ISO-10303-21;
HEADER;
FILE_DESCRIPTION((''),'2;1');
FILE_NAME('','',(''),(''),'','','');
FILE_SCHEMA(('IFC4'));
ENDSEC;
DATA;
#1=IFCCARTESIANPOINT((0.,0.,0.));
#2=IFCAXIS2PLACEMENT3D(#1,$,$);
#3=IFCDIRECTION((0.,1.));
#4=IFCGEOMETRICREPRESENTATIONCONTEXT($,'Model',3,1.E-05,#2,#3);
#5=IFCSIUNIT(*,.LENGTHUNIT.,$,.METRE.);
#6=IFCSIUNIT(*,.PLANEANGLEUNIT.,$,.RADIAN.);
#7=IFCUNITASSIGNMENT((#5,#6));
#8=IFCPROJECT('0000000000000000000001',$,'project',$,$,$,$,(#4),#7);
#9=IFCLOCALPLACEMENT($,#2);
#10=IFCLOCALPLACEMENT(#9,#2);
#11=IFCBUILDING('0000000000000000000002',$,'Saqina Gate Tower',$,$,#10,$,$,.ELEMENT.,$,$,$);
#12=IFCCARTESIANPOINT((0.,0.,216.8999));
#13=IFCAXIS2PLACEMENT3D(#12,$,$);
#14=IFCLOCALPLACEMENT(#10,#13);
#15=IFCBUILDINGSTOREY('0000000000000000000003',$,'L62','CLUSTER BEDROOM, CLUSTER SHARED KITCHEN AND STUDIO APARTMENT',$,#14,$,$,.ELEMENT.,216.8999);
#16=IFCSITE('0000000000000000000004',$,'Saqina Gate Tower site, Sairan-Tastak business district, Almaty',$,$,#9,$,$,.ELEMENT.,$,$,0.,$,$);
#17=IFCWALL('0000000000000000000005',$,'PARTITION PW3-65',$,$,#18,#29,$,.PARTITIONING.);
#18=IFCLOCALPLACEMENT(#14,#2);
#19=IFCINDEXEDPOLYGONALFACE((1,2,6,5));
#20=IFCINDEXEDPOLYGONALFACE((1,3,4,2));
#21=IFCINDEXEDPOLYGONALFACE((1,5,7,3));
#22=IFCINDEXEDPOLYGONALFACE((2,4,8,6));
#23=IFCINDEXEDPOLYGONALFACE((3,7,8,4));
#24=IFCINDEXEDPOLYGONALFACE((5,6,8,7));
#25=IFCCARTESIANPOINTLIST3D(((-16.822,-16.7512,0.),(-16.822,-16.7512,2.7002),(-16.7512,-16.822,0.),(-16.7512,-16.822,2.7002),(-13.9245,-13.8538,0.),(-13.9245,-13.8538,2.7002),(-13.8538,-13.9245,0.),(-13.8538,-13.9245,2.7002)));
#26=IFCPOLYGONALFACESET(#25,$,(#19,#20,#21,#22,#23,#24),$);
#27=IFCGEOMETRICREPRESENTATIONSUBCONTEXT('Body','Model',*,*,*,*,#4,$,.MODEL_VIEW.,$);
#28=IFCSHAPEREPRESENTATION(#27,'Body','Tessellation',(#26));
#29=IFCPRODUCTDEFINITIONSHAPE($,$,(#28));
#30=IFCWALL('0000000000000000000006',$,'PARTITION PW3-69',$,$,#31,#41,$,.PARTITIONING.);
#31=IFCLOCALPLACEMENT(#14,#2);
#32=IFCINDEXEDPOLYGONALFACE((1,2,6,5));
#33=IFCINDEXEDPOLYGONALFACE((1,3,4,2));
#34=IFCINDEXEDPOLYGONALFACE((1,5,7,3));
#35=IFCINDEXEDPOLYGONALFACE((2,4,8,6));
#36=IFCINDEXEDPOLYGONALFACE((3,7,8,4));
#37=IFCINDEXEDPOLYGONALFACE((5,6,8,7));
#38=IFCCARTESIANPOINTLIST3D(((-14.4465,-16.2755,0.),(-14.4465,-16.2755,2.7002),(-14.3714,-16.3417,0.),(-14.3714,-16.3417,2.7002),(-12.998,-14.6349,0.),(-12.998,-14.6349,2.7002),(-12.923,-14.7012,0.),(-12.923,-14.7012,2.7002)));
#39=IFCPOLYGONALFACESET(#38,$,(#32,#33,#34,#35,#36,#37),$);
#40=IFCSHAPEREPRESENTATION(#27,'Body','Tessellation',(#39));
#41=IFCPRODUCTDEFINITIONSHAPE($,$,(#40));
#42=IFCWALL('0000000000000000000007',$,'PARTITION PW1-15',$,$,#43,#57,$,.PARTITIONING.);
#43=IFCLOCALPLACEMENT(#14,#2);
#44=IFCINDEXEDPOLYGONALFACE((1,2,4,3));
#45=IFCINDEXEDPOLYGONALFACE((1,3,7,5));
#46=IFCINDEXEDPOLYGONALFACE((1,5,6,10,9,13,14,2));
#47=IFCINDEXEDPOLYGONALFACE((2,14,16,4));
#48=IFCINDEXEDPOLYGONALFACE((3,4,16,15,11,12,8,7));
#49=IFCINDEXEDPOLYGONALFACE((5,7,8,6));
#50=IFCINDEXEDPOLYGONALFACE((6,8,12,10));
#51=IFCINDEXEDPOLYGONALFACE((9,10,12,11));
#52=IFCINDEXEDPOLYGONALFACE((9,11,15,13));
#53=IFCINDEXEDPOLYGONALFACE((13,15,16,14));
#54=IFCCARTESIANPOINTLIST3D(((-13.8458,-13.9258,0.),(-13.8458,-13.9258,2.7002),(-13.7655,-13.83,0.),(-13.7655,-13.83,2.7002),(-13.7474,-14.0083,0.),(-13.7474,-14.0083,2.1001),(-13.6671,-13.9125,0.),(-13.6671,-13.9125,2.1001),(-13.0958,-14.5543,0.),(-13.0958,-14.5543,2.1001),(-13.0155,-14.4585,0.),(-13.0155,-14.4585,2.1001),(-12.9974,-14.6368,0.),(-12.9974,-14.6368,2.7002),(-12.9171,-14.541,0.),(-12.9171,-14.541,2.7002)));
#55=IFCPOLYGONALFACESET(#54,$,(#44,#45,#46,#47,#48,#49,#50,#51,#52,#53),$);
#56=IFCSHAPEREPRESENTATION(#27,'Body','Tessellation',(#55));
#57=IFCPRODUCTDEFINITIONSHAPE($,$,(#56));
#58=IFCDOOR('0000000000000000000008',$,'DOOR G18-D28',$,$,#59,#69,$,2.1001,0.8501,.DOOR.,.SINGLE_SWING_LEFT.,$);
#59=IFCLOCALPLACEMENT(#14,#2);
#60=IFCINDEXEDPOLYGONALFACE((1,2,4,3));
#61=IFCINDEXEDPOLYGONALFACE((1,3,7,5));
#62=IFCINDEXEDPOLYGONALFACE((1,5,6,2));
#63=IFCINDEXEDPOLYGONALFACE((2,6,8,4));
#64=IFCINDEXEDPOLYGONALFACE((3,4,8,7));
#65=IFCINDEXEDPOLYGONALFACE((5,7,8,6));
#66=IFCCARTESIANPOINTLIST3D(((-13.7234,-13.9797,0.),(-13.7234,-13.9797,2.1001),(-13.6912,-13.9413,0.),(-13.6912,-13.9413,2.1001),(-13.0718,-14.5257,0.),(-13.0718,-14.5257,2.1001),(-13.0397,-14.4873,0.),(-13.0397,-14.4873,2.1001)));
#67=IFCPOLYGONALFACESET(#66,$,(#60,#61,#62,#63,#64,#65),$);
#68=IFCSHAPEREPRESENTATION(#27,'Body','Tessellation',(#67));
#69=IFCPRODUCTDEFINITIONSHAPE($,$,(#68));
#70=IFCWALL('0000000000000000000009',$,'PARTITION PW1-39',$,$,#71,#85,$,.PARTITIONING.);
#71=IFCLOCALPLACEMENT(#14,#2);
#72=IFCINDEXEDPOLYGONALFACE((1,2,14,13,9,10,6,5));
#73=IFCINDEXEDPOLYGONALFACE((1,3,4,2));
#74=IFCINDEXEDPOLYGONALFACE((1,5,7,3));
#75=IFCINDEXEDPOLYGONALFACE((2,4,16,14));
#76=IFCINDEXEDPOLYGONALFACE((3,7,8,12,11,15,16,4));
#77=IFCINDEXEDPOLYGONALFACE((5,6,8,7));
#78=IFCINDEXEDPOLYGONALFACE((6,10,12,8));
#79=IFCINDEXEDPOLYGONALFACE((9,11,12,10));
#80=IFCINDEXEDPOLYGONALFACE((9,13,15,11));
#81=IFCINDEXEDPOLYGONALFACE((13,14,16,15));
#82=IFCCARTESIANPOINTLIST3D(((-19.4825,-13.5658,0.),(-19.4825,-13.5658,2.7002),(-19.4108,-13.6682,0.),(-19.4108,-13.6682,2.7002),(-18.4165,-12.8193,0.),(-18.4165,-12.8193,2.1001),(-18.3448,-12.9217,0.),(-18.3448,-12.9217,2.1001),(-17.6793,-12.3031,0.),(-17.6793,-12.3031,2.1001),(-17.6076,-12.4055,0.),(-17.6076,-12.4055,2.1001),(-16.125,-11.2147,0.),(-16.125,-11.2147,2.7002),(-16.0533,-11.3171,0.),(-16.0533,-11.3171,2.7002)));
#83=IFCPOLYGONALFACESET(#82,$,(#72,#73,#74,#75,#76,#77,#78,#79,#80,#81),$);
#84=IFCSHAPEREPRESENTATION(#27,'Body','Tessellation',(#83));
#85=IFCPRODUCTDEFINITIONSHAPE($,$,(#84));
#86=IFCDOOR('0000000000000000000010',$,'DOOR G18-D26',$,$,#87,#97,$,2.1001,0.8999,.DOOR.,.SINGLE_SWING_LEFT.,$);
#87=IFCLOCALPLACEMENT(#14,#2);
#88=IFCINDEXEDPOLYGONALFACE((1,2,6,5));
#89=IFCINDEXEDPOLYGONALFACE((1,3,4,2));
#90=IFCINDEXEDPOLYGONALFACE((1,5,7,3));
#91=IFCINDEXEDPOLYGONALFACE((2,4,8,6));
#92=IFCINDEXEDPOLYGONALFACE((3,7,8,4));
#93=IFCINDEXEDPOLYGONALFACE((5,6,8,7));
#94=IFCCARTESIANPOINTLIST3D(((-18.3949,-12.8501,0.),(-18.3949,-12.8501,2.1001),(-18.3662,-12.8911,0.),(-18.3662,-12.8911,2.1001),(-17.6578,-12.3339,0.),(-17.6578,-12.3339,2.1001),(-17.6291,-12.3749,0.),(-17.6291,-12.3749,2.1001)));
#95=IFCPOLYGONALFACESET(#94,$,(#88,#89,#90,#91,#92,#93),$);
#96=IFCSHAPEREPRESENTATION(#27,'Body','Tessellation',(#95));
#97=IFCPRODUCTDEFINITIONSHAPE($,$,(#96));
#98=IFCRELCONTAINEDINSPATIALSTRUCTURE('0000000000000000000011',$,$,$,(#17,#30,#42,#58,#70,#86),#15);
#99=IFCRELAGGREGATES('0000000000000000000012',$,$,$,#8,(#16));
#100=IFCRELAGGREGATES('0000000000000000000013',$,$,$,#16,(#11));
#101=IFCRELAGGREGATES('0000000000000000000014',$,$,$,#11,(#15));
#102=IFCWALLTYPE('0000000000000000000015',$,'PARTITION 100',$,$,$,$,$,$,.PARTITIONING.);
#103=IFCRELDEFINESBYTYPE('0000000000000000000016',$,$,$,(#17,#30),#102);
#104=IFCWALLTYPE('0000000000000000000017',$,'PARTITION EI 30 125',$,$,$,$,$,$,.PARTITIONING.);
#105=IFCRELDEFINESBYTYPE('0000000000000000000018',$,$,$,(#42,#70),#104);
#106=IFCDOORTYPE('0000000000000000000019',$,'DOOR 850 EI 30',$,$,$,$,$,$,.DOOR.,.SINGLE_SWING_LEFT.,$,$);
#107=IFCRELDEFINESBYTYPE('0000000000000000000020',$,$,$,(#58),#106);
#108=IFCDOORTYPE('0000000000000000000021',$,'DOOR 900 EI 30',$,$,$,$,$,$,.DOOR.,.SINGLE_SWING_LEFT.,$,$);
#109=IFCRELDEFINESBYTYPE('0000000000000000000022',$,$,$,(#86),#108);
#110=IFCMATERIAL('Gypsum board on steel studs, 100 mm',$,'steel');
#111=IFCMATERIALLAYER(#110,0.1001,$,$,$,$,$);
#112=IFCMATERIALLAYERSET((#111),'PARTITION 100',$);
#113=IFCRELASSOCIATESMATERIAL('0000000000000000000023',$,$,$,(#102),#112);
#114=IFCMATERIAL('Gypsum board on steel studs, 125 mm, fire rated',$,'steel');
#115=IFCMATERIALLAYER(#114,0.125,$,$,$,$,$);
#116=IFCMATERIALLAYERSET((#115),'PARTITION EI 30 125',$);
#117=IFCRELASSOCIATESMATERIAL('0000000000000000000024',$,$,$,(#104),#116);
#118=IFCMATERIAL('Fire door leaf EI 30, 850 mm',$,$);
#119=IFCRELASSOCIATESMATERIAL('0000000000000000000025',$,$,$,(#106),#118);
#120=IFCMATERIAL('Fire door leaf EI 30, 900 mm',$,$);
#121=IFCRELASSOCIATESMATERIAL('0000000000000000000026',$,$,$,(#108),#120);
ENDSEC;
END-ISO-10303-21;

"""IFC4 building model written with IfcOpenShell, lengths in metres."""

from ifc_helpers import new_model, si_unit, direction, frame, frame_2d, origin, place, context, subcontext, project, spatial, rectangle, extrude, material, layer, layer_set, type_object, element, fill, save


model = new_model("IFC4")

# Units and contexts
model_context = context("Model", 3, precision=1e-05, world=origin(), true_north=direction((0.0, 1.0)))
body_context = subcontext(model_context, "Body", "Model", "MODEL_VIEW")
ifc_project = project(units=[si_unit("LENGTHUNIT", "METRE"), si_unit("PLANEANGLEUNIT", "RADIAN")], contexts=[model_context])

# Site, building, storey
site_placement = place(None, origin())
site = spatial("IfcSite", under=ifc_project, at=site_placement, Name="Saqina Gate Tower site, Sairan-Tastak business district, Almaty", CompositionType="ELEMENT", RefElevation=0.0)
building_placement = place(site_placement, origin())
building = spatial("IfcBuilding", under=site, at=building_placement, Name="Saqina Gate Tower", CompositionType="ELEMENT")
storey_placement = place(building_placement, frame((0.0, 0.0, 216.8999)))
storey = spatial("IfcBuildingStorey", under=building, at=storey_placement, Name="L62", Description="CLUSTER BEDROOM, CLUSTER SHARED KITCHEN AND STUDIO APARTMENT", CompositionType="ELEMENT", Elevation=216.8999)

# Shared definitions
ifc_material_1 = material(Name="Gypsum board on steel studs, 100 mm", Category="steel")
ifc_layer_1 = layer(ifc_material_1, 0.1001)
ifc_layer_set_1 = layer_set([ifc_layer_1], Name="PARTITION 100")
wall_type_1 = type_object("IfcWallType", Name="PARTITION 100", PredefinedType="PARTITIONING", material=ifc_layer_set_1)

# Walls
wall_1_placement = place(storey_placement, frame((-16.7866, -16.7866, 0.0), z_axis=(0.0, 0.0, 1.0), x_axis=(0.707107, 0.707107, 0.0)))
element("IfcWall", 1, at=wall_1_placement, inside=storey, type_object=wall_type_1, Name="PARTITION PW3-65", PredefinedType="PARTITIONING", context=body_context, shape_type="SweptSolid", body=[
    extrude(rectangle(XDim=4.0977, YDim=0.1001, at=frame_2d((2.0488, 0.0))), origin(), (0.0, 0.0, 1.0), 2.7002),
])
wall_2_placement = place(storey_placement, frame((-14.4089, -16.3086, 0.0), z_axis=(0.0, 0.0, 1.0), x_axis=(0.661847, 0.749639, 0.0)))
element("IfcWall", 2, at=wall_2_placement, inside=storey, type_object=wall_type_1, Name="PARTITION PW3-69", PredefinedType="PARTITIONING", context=body_context, shape_type="SweptSolid", body=[
    extrude(rectangle(XDim=2.1885, YDim=0.1001, at=frame_2d((1.0942, 0.0))), origin(), (0.0, 0.0, 1.0), 2.7002),
])

# Walls, openings, doors
ifc_material_2 = material(Name="Gypsum board on steel studs, 125 mm, fire rated", Category="steel")
ifc_layer_2 = layer(ifc_material_2, 0.125)
ifc_layer_set_2 = layer_set([ifc_layer_2], Name="PARTITION EI 30 125")
wall_type_2 = type_object("IfcWallType", Name="PARTITION EI 30 125", PredefinedType="PARTITIONING", material=ifc_layer_set_2)
wall_3_placement = place(storey_placement, frame((-13.8057, -13.8779, 0.0), z_axis=(0.0, 0.0, 1.0), x_axis=(0.766465, -0.642286, 0.0)))
wall_3 = element("IfcWall", 3, at=wall_3_placement, inside=storey, type_object=wall_type_2, Name="PARTITION PW1-15", PredefinedType="PARTITIONING", context=body_context, shape_type="SweptSolid", body=[
    extrude(rectangle(XDim=1.1069, YDim=0.125, at=frame_2d((0.5535, 0.0))), origin(), (0.0, 0.0, 1.0), 2.7002),
])
opening_1_placement = place(wall_3_placement, frame((0.1284, 0.0, 0.0)))
opening_1 = element("IfcOpeningElement", 4, at=opening_1_placement, cuts=wall_3, PredefinedType="OPENING", context=body_context, shape_type="SweptSolid", body=[
    extrude(rectangle(XDim=0.8501, YDim=2.1001, at=frame_2d((0.425, 1.05))), frame((0.0, 0.0745, 0.0), z_axis=(0.0, -1.0, 0.0), x_axis=(1.0, 0.0, 0.0)), (0.0, 0.0, 1.0), 0.1489),
])
ifc_material_3 = material(Name="Fire door leaf EI 30, 850 mm")
door_type_1 = type_object("IfcDoorType", Name="DOOR 850 EI 30", OperationType="SINGLE_SWING_LEFT", PredefinedType="DOOR", material=ifc_material_3)
door_1_placement = place(opening_1_placement, origin())
door_1 = element("IfcDoor", 5, at=door_1_placement, inside=storey, type_object=door_type_1, Name="DOOR G18-D28", OperationType="SINGLE_SWING_LEFT", OverallHeight=2.1001, OverallWidth=0.8501, PredefinedType="DOOR", context=body_context, shape_type="SweptSolid", body=[
    extrude(rectangle(XDim=0.8501, YDim=2.1001, at=frame_2d((0.425, 1.05))), frame((0.0, 0.0249, 0.0), z_axis=(0.0, -1.0, 0.0), x_axis=(1.0, 0.0, 0.0)), (0.0, 0.0, 1.0), 0.05),
])
fill(opening_1, door_1)
wall_4_placement = place(storey_placement, frame((-19.4465, -13.6169, 0.0), z_axis=(0.0, 0.0, 1.0), x_axis=(0.819131, 0.573606, 0.0)))
wall_4 = element("IfcWall", 6, at=wall_4_placement, inside=storey, type_object=wall_type_2, Name="PARTITION PW1-39", PredefinedType="PARTITIONING", context=body_context, shape_type="SweptSolid", body=[
    extrude(rectangle(XDim=4.0989, YDim=0.125, at=frame_2d((2.0493, 0.0))), origin(), (0.0, 0.0, 1.0), 2.7002),
])
opening_2_placement = place(wall_4_placement, frame((1.3013, 0.0, 0.0)))
opening_2 = element("IfcOpeningElement", 7, at=opening_2_placement, cuts=wall_4, PredefinedType="OPENING", context=body_context, shape_type="SweptSolid", body=[
    extrude(rectangle(XDim=0.8999, YDim=2.1001, at=frame_2d((0.45, 1.05))), frame((0.0, 0.0745, 0.0), z_axis=(0.0, -1.0, 0.0), x_axis=(1.0, 0.0, 0.0)), (0.0, 0.0, 1.0), 0.1489),
])
ifc_material_4 = material(Name="Fire door leaf EI 30, 900 mm")
door_type_2 = type_object("IfcDoorType", Name="DOOR 900 EI 30", OperationType="SINGLE_SWING_LEFT", PredefinedType="DOOR", material=ifc_material_4)
door_2_placement = place(opening_2_placement, origin())
door_2 = element("IfcDoor", 8, at=door_2_placement, inside=storey, type_object=door_type_2, Name="DOOR G18-D26", OperationType="SINGLE_SWING_LEFT", OverallHeight=2.1001, OverallWidth=0.8999, PredefinedType="DOOR", context=body_context, shape_type="SweptSolid", body=[
    extrude(rectangle(XDim=0.8999, YDim=2.1001, at=frame_2d((0.45, 1.05))), frame((0.0, 0.0249, 0.0), z_axis=(0.0, -1.0, 0.0), x_axis=(1.0, 0.0, 0.0)), (0.0, 0.0, 1.0), 0.05),
])
fill(opening_2, door_2)

save(model, "model.ifc")
